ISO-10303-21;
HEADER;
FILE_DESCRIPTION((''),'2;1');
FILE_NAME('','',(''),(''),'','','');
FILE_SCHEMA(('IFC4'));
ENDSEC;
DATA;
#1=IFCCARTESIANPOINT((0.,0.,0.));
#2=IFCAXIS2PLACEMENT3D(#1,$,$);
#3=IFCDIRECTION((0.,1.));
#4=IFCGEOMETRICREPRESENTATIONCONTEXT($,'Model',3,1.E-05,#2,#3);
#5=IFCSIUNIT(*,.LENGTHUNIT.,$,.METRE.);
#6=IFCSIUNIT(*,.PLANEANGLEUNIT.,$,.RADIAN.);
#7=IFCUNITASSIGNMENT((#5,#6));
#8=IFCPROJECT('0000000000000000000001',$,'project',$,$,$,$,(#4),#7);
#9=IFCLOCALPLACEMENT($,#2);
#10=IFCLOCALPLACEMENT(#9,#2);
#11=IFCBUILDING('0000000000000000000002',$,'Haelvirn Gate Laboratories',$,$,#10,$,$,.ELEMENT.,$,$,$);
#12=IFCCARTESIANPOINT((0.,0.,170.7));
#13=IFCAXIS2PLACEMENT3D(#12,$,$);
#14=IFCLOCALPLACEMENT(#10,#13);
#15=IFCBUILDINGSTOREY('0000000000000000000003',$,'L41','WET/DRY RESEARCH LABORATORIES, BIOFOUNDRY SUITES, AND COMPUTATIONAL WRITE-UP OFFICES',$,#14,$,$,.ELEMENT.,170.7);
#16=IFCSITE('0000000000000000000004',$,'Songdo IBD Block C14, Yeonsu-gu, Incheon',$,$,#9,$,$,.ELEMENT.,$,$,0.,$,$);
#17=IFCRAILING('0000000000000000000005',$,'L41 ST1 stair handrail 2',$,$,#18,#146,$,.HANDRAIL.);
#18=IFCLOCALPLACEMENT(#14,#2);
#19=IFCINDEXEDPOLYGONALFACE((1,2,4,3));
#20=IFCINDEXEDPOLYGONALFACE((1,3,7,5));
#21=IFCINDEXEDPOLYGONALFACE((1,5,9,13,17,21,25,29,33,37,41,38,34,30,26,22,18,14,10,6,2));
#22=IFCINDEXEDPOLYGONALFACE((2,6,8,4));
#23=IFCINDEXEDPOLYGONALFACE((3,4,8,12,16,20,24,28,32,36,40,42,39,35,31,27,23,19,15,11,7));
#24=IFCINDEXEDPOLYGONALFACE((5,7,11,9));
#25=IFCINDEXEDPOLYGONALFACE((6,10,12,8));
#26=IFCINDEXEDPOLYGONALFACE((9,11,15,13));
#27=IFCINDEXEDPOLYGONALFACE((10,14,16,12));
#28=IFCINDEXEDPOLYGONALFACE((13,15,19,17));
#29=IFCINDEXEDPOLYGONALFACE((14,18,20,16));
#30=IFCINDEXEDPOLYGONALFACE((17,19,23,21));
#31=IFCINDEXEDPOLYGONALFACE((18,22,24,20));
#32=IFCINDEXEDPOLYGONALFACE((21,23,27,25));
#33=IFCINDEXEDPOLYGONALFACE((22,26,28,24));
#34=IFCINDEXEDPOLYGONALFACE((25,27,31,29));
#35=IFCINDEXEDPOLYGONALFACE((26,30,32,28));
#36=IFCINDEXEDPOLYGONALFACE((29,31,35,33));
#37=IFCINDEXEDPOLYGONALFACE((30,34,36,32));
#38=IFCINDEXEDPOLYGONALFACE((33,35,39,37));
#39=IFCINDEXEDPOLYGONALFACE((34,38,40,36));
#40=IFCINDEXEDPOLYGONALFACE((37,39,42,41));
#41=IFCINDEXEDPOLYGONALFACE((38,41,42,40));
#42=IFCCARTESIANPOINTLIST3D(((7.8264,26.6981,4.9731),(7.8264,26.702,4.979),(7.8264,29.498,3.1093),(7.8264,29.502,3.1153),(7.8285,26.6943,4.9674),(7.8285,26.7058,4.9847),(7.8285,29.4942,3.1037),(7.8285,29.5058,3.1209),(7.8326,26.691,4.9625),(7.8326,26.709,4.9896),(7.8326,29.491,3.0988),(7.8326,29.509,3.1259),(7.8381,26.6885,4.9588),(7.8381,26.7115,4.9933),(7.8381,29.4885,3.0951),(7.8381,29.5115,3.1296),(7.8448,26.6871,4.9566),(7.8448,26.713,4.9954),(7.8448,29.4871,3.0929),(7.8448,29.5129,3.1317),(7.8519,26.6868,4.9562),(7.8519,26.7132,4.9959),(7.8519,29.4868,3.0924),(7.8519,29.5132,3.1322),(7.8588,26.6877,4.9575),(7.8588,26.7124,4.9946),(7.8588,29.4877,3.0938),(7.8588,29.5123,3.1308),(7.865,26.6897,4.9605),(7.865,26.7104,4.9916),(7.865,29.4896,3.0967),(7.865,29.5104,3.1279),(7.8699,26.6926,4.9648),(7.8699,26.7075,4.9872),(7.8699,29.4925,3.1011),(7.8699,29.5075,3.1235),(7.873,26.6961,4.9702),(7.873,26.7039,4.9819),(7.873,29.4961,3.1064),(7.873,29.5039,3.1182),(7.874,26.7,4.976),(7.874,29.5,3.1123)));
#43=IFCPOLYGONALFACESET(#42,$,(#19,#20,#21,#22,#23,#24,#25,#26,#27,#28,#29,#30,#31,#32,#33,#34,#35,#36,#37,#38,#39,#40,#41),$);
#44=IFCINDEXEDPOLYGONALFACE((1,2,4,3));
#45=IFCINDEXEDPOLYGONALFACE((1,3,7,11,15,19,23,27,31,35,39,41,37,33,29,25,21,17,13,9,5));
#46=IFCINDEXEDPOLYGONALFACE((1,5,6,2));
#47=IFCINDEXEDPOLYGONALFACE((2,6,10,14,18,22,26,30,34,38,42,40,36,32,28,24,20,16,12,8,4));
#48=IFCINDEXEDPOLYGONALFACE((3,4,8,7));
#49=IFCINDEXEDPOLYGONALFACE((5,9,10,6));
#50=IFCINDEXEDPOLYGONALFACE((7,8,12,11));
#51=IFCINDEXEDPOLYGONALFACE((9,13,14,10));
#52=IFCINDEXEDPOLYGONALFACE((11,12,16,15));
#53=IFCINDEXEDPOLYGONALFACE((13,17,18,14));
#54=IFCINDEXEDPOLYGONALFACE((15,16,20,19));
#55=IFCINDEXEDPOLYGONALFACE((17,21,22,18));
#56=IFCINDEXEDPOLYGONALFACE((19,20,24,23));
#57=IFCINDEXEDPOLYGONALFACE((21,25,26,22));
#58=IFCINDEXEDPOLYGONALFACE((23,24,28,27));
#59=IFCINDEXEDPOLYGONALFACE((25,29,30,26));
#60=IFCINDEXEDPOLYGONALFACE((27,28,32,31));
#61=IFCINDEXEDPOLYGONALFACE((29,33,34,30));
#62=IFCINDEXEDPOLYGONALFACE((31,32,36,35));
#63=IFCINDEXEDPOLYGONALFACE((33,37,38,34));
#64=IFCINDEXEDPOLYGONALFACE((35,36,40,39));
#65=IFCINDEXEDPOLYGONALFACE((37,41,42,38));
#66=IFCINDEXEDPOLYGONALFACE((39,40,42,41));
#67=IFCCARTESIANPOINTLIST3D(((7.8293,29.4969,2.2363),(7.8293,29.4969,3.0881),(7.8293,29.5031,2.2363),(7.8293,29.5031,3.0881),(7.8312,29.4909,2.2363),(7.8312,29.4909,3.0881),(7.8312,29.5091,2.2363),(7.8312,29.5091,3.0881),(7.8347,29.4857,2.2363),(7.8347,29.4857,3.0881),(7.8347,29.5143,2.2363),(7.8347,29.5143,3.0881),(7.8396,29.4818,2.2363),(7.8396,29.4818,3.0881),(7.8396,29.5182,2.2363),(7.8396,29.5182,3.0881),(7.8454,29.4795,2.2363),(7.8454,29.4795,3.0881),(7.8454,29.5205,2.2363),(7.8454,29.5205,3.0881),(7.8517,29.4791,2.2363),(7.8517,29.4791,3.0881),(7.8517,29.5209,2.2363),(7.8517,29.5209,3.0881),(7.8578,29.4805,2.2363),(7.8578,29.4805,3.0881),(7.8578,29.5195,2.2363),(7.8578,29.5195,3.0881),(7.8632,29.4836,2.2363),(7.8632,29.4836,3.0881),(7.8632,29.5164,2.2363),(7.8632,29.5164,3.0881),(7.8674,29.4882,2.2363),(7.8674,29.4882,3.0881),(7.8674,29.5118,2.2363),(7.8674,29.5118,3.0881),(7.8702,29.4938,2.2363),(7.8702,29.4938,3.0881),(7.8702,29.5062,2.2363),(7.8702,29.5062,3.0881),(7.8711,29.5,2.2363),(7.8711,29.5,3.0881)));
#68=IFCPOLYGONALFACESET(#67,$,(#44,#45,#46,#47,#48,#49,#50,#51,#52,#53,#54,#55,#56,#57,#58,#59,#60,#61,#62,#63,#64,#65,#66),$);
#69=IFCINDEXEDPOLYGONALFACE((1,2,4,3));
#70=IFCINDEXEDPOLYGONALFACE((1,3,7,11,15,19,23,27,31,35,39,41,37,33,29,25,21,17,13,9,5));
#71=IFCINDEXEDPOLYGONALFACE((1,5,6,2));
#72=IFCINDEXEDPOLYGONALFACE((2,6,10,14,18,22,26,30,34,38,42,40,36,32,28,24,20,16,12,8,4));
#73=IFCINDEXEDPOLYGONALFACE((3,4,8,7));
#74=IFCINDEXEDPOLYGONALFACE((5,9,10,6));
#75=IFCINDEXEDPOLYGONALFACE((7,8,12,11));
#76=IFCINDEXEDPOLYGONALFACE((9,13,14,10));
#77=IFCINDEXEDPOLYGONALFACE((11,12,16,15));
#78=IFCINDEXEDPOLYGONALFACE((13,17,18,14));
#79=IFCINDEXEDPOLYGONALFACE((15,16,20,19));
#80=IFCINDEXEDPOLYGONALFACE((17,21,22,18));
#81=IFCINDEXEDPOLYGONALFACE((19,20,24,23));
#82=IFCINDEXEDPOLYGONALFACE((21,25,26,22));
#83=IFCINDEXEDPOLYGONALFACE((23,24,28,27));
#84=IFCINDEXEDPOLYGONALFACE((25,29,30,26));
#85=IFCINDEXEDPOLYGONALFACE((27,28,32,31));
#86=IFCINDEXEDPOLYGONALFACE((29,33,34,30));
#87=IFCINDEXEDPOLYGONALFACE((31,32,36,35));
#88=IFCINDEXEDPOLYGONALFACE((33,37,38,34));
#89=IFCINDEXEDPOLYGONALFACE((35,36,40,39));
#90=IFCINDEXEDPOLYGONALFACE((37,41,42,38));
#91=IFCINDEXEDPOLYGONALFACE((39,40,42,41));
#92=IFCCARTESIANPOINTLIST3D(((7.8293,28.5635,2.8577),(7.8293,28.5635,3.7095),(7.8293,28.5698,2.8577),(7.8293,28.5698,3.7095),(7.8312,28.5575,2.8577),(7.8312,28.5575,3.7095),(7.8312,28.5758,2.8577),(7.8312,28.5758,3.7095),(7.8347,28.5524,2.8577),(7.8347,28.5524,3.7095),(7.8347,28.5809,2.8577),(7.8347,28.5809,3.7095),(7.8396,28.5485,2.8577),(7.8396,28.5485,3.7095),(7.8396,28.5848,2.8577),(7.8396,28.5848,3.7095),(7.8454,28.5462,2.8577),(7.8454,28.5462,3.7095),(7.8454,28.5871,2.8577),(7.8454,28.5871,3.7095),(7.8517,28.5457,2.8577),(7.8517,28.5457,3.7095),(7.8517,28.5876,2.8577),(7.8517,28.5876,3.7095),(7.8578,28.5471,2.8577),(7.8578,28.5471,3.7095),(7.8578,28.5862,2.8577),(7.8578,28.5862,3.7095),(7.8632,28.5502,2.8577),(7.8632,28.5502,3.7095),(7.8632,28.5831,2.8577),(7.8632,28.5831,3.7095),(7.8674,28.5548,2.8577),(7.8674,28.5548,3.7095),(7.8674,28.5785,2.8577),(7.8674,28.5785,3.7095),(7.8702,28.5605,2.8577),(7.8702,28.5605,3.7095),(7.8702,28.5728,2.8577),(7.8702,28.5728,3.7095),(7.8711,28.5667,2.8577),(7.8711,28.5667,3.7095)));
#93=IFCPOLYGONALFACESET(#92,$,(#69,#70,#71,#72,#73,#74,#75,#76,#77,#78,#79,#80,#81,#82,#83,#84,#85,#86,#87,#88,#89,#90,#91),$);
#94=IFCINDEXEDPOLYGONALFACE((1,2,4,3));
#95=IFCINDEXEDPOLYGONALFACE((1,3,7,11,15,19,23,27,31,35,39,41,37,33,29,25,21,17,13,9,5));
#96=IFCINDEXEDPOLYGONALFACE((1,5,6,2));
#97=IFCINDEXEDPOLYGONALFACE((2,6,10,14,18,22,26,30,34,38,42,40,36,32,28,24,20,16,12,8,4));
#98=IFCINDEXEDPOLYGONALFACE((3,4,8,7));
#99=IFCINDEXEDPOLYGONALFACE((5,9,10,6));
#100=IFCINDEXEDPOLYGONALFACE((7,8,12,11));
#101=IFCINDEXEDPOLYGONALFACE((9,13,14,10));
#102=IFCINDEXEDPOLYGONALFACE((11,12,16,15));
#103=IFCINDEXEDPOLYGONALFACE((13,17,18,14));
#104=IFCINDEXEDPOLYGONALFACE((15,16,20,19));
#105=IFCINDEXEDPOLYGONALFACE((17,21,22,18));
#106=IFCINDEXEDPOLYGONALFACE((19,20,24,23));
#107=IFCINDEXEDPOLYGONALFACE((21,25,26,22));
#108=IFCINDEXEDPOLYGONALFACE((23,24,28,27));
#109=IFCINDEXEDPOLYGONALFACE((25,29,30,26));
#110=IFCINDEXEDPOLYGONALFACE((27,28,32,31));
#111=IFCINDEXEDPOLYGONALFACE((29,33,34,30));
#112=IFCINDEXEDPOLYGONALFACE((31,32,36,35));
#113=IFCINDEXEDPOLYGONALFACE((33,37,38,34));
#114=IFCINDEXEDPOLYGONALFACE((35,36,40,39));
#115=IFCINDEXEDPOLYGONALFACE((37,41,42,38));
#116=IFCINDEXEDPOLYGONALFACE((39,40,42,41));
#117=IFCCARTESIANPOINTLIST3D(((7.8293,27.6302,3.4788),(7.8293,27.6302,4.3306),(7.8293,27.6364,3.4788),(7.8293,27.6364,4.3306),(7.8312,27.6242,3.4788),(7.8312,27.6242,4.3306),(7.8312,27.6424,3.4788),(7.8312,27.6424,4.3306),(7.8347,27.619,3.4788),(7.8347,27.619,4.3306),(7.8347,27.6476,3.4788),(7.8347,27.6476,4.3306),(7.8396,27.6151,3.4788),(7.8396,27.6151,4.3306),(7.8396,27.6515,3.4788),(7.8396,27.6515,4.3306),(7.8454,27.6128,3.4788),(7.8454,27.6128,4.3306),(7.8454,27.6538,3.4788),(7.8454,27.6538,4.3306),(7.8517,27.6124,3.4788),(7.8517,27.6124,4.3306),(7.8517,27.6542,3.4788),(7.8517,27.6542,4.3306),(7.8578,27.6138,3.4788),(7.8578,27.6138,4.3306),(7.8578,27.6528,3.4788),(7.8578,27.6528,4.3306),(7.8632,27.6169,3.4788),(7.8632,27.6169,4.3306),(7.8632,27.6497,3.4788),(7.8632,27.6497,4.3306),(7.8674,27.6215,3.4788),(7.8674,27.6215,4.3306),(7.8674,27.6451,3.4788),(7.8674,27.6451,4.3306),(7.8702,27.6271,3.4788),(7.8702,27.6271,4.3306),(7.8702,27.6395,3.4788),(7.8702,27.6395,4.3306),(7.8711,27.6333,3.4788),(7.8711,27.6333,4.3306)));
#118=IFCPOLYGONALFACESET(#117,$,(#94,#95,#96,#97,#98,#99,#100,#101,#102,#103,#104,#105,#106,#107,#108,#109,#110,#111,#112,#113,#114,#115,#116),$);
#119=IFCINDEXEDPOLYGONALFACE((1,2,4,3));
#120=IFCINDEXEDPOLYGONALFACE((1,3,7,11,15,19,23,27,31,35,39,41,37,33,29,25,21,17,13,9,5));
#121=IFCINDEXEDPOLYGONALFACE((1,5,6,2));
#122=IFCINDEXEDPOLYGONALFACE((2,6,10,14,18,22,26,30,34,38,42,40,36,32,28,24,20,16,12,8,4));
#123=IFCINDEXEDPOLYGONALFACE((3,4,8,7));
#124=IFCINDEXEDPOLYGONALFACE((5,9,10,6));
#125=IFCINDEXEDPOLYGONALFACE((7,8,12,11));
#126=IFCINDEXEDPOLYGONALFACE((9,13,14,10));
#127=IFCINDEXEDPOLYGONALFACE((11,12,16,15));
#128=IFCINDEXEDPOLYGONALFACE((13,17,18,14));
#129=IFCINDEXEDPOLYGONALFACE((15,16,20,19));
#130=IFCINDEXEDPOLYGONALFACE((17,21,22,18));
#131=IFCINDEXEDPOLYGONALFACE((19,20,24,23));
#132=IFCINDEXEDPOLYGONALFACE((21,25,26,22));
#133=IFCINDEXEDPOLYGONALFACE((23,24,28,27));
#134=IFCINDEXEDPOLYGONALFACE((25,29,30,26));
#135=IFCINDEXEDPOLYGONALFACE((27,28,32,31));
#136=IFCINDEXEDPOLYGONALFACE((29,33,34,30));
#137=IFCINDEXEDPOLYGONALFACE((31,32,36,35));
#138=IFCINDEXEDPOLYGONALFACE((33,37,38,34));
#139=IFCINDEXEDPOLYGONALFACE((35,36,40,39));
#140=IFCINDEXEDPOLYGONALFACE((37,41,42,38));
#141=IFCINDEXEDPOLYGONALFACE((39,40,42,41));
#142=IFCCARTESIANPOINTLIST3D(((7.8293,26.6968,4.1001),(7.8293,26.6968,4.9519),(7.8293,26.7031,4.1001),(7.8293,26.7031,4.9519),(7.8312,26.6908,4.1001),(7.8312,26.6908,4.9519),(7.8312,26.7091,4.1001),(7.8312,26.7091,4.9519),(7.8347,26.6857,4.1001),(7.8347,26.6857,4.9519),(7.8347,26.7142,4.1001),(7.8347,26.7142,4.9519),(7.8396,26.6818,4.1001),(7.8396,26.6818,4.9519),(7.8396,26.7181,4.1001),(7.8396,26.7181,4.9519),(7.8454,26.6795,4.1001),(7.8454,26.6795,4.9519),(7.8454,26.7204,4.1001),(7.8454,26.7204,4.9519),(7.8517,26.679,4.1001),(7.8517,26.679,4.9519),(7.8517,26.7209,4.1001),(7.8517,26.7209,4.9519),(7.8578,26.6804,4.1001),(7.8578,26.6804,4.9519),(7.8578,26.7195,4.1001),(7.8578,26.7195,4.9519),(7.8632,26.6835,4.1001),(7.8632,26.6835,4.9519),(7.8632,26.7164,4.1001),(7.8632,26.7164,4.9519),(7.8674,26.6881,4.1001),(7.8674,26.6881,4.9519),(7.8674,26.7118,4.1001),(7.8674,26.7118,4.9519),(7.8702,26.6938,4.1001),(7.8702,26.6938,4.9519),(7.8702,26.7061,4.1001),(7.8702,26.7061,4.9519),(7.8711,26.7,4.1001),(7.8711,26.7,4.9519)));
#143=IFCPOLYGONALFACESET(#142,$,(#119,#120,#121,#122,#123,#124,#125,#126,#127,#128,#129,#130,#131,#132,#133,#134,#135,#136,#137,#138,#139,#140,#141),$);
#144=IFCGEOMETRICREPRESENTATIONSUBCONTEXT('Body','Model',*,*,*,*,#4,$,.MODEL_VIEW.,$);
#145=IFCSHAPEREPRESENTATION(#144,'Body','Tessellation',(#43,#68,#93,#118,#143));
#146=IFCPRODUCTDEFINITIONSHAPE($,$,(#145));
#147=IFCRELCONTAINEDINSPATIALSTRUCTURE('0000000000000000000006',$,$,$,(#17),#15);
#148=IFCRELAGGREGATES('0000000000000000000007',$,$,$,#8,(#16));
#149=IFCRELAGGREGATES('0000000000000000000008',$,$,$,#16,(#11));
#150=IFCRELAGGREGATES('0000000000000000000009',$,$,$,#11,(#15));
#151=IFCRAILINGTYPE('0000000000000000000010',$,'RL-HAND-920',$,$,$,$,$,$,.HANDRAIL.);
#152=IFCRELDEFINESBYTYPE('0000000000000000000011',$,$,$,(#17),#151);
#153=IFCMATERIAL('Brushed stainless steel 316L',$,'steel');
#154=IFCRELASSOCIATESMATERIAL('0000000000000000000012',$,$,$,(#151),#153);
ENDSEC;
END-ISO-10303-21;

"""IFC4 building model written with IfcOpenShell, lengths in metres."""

from ifc_helpers import new_model, si_unit, direction, frame, origin, origin_2d, place, context, subcontext, project, spatial, circle, extrude, source, transform, mapped, material, type_object, element, save


model = new_model("IFC4")

# Units and contexts
model_context = context("Model", 3, precision=1e-05, world=origin(), true_north=direction((0.0, 1.0)))
body_context = subcontext(model_context, "Body", "Model", "MODEL_VIEW")
ifc_project = project(units=[si_unit("LENGTHUNIT", "METRE"), si_unit("PLANEANGLEUNIT", "RADIAN")], contexts=[model_context])

# Site, building, storey
site_placement = place(None, origin())
site = spatial("IfcSite", under=ifc_project, at=site_placement, Name="Songdo IBD Block C14, Yeonsu-gu, Incheon", CompositionType="ELEMENT", RefElevation=0.0)
building_placement = place(site_placement, origin())
building = spatial("IfcBuilding", under=site, at=building_placement, Name="Haelvirn Gate Laboratories", CompositionType="ELEMENT")
storey_placement = place(building_placement, frame((0.0, 0.0, 170.7)))
storey = spatial("IfcBuildingStorey", under=building, at=storey_placement, Name="L41", Description="WET/DRY RESEARCH LABORATORIES, BIOFOUNDRY SUITES, AND COMPUTATIONAL WRITE-UP OFFICES", CompositionType="ELEMENT", Elevation=170.7)

# Railing
ifc_material_1 = material(Name="Brushed stainless steel 316L", Category="steel")
railing_type_1 = type_object("IfcRailingType", Name="RL-HAND-920", PredefinedType="HANDRAIL", material=ifc_material_1)
shared_shape_1 = source(origin(), body_context, "Body", "SweptSolid", [
    extrude(circle(Radius=0.0239, at=origin_2d()), frame((0.0, 0.0, 0.876), z_axis=(0.0, -0.832452, 0.554097), x_axis=(1.0, 0.0, 0.0)), (0.0, 0.0, 1.0), 3.3635),
    extrude(circle(Radius=0.021, at=origin_2d()), origin(), (0.0, 0.0, 1.0), 0.8518),
    extrude(circle(Radius=0.021, at=origin_2d()), frame((0.0, -0.9333, 0.6213)), (0.0, 0.0, 1.0), 0.8518),
    extrude(circle(Radius=0.021, at=origin_2d()), frame((0.0, -1.8667, 1.2424)), (0.0, 0.0, 1.0), 0.8518),
    extrude(circle(Radius=0.021, at=origin_2d()), frame((0.0, -2.8, 1.8638)), (0.0, 0.0, 1.0), 0.8518),
])
railing_1_placement = place(storey_placement, frame((7.8501, 29.5, 2.2363)))
element("IfcRailing", 1, at=railing_1_placement, inside=storey, type_object=railing_type_1, Name="L41 ST1 stair handrail 2", PredefinedType="HANDRAIL", context=body_context, shape_type="MappedRepresentation", body=[
    mapped(shared_shape_1, transform((0.0, 0.0, 0.0), scale=1.0)),
])

save(model, "model.ifc")
